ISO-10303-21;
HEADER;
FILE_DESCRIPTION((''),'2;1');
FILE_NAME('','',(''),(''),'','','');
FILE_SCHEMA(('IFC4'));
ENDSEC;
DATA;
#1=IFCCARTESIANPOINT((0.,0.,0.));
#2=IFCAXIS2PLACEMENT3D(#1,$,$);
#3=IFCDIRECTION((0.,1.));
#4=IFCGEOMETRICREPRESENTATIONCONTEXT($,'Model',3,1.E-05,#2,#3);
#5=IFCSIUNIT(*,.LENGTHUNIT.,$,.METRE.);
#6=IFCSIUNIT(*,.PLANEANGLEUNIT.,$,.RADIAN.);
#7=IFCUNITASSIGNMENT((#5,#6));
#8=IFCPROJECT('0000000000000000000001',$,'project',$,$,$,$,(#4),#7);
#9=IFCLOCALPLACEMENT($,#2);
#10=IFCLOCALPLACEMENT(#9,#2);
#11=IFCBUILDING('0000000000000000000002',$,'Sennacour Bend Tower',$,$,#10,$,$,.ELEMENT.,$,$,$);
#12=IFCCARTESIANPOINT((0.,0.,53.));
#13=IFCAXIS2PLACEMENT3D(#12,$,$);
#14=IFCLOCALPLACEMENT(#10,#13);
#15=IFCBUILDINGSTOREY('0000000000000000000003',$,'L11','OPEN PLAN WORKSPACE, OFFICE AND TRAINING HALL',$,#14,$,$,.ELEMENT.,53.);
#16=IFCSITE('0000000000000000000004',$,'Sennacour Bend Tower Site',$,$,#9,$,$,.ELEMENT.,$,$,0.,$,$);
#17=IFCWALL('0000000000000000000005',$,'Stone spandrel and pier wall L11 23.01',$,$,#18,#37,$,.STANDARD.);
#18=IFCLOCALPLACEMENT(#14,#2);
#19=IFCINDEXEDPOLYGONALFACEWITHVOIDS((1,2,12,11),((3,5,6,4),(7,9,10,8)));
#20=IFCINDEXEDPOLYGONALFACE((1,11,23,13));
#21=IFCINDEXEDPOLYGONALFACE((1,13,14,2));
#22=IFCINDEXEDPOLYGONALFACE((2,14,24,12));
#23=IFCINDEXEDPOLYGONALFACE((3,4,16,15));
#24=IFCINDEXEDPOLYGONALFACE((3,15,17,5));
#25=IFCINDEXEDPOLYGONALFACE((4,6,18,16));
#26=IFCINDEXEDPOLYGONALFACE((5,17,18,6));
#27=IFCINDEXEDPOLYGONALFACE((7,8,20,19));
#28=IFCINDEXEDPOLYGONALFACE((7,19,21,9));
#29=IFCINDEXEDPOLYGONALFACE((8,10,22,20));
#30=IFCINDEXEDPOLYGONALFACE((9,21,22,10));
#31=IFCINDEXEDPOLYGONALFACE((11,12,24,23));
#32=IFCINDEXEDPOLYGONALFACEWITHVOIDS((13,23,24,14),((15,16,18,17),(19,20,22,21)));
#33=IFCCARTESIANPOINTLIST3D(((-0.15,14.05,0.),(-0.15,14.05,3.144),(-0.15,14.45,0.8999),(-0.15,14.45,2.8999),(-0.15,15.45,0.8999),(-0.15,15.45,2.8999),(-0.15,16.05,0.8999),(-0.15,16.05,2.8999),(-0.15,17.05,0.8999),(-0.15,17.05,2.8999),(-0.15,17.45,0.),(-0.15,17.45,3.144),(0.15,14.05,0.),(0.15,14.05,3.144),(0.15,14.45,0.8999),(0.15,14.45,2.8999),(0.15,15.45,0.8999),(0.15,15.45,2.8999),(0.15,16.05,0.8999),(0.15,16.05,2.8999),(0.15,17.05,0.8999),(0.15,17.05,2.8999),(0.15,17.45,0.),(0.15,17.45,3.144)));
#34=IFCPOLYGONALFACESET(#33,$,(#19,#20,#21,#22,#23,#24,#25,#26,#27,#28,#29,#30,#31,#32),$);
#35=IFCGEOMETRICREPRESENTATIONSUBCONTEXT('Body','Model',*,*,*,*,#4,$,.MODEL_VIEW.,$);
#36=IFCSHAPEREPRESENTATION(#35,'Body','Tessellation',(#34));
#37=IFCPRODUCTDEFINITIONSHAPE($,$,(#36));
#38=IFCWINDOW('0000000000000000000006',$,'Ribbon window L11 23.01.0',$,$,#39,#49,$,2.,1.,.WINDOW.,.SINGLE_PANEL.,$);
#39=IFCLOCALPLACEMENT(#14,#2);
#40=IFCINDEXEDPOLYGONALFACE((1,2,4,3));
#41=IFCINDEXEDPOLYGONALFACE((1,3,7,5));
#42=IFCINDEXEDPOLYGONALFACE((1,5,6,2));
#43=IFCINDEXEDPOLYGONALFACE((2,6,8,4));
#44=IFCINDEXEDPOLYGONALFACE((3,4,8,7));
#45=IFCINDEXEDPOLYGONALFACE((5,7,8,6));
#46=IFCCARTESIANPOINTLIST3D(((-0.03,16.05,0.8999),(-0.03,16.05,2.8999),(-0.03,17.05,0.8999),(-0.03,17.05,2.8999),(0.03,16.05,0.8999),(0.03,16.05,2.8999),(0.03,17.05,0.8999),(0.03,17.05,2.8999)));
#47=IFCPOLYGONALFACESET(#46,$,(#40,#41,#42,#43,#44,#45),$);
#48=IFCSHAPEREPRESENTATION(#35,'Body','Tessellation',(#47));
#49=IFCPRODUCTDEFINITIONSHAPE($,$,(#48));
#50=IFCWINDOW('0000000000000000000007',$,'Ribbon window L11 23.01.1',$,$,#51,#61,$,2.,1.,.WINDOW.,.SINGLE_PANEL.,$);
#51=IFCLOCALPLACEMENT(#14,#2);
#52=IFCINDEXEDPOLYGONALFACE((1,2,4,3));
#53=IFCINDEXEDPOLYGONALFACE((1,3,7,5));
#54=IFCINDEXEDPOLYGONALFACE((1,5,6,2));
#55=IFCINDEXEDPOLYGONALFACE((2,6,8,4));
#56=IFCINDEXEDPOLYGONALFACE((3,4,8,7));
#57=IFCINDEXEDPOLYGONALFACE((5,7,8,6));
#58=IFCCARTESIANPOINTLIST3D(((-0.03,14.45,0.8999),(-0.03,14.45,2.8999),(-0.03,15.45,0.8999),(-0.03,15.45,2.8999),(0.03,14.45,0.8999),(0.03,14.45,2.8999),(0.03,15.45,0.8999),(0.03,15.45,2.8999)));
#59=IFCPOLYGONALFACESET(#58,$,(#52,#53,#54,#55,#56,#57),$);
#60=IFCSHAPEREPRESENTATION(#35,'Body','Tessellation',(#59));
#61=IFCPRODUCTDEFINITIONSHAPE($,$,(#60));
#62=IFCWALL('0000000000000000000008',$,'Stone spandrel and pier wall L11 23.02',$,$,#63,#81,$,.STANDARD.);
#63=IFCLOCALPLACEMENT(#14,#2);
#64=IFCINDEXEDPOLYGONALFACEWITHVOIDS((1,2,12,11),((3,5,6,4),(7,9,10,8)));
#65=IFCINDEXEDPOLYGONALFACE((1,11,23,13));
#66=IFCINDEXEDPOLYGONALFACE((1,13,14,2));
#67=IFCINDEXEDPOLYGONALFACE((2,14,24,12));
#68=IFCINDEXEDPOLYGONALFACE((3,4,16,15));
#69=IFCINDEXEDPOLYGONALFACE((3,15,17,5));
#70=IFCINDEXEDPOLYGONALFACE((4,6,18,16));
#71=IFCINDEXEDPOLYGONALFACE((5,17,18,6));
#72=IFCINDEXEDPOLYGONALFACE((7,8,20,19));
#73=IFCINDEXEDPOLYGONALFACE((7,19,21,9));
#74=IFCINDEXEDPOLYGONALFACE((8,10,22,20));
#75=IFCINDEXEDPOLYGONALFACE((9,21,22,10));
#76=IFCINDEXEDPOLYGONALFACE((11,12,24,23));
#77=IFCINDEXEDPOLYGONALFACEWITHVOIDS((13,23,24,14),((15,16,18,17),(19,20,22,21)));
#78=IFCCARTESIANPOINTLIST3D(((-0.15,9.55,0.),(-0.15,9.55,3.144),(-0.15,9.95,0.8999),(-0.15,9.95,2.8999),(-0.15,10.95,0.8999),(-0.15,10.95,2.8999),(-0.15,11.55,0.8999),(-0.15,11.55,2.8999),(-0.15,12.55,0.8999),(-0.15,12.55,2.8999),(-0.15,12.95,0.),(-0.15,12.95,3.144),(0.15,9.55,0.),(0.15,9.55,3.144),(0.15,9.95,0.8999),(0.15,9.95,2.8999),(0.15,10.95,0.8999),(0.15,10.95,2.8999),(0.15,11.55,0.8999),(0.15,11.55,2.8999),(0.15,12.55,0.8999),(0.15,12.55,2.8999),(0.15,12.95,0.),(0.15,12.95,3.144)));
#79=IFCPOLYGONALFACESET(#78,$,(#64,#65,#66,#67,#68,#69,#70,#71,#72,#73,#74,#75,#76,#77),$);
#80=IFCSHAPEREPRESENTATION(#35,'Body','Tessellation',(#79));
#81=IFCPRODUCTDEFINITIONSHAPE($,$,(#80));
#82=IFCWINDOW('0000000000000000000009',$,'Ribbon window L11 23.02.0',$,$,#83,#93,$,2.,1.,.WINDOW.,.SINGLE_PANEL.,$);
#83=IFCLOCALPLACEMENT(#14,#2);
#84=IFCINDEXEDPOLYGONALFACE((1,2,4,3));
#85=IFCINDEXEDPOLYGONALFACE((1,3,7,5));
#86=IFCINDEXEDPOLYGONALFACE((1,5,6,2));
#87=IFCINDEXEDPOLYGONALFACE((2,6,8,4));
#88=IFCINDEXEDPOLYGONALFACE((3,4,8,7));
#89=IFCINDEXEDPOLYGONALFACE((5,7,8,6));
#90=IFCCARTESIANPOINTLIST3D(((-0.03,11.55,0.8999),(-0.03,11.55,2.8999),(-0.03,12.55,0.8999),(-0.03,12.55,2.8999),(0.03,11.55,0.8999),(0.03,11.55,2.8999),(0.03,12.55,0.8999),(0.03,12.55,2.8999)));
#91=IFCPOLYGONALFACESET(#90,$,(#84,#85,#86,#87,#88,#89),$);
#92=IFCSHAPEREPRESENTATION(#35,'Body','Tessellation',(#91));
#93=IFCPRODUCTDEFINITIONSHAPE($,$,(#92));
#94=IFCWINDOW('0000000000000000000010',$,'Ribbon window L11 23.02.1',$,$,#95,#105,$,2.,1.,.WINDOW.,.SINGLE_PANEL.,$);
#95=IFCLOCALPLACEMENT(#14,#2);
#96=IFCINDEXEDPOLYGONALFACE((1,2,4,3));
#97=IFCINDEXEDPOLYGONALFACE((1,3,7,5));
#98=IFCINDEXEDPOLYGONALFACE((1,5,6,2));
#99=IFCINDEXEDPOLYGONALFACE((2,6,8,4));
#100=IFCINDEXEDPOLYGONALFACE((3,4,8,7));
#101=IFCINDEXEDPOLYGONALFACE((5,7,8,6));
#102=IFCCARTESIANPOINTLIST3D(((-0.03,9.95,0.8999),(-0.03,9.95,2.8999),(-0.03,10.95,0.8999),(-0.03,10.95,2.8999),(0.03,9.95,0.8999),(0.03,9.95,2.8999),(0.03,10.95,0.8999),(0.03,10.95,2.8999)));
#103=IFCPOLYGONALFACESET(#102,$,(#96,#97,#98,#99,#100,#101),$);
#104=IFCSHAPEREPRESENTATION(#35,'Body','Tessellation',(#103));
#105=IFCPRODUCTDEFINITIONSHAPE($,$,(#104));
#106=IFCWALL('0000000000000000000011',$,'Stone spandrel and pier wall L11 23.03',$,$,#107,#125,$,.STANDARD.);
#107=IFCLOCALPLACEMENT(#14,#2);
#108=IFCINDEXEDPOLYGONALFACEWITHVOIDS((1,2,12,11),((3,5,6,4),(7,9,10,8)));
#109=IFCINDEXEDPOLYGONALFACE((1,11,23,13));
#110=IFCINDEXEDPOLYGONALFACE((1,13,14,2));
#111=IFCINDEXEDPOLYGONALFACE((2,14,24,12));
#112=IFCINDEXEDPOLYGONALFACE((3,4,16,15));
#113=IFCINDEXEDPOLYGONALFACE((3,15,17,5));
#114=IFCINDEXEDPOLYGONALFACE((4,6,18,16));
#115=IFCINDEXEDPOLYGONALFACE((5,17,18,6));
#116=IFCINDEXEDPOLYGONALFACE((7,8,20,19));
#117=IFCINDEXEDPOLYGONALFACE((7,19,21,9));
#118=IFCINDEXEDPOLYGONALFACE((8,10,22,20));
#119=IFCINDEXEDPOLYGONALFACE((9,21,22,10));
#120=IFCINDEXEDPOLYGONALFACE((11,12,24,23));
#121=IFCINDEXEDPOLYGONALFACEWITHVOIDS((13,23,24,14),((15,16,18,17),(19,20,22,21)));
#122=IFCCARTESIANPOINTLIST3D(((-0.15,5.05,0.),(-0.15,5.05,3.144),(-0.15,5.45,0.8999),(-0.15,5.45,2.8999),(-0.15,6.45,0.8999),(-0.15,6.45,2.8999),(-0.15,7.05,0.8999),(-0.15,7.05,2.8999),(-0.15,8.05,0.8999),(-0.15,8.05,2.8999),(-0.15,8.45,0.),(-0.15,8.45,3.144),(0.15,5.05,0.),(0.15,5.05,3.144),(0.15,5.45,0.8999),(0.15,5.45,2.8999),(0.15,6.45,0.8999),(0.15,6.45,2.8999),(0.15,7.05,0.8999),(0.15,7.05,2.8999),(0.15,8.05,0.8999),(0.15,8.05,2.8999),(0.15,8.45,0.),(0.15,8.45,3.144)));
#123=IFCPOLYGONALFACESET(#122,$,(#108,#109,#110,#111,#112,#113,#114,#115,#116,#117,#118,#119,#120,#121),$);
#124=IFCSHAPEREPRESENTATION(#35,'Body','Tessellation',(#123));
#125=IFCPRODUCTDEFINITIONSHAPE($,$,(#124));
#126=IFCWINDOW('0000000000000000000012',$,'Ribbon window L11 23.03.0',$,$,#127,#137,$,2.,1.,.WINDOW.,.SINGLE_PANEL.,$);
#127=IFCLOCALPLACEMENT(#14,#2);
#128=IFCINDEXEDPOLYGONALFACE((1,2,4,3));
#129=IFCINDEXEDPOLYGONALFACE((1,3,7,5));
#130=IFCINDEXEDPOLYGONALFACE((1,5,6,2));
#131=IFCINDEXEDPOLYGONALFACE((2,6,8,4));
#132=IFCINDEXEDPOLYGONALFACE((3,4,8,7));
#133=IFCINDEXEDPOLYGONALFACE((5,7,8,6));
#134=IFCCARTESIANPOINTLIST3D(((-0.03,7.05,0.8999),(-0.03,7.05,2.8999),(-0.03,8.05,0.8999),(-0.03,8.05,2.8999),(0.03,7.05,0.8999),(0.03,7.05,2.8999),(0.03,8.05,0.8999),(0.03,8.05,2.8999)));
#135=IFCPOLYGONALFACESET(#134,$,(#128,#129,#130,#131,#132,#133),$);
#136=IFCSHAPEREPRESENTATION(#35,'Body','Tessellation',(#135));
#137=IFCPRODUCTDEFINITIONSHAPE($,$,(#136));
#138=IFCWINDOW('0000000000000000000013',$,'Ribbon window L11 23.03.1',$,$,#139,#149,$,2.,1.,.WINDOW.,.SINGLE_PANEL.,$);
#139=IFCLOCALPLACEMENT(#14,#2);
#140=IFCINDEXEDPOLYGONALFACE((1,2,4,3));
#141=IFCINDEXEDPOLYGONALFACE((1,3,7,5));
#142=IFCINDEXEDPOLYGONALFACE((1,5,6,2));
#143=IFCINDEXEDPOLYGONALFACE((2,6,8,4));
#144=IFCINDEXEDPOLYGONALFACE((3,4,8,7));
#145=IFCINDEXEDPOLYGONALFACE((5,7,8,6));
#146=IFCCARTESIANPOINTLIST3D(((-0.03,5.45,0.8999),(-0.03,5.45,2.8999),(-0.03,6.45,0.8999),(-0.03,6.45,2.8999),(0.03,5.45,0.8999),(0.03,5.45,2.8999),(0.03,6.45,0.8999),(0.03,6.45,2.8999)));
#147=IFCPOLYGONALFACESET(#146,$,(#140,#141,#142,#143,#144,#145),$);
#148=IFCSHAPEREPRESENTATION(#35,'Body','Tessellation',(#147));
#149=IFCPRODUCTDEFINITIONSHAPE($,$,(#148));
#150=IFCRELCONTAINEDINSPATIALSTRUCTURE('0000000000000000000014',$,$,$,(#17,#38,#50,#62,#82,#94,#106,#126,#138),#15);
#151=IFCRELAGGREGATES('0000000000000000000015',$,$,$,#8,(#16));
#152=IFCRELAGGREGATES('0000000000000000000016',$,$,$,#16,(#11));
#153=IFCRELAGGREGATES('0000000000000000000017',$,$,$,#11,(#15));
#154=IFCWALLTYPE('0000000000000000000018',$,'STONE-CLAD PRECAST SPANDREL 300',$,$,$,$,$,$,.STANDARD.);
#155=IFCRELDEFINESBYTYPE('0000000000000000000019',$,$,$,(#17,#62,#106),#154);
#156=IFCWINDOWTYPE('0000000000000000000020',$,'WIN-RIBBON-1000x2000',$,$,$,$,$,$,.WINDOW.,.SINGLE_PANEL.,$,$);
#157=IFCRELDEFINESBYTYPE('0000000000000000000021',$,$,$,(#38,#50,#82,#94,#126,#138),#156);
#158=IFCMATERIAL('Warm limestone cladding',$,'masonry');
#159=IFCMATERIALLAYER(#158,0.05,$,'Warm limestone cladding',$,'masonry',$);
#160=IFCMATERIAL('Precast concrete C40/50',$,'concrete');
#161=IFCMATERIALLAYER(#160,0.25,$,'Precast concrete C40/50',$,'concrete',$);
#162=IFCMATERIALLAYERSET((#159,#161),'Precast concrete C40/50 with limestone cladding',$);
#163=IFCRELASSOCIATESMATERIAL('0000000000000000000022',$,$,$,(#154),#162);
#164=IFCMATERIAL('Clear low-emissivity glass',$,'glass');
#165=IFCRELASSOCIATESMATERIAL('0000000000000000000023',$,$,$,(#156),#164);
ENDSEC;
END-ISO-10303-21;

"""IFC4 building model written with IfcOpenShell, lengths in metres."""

from ifc_helpers import new_model, si_unit, direction, frame, frame_2d, origin, place, context, subcontext, project, spatial, rectangle, extrude, material, layer, layer_set, type_object, element, fill, save


model = new_model("IFC4")

# Units and contexts
model_context = context("Model", 3, precision=1e-05, world=origin(), true_north=direction((0.0, 1.0)))
body_context = subcontext(model_context, "Body", "Model", "MODEL_VIEW")
ifc_project = project(units=[si_unit("LENGTHUNIT", "METRE"), si_unit("PLANEANGLEUNIT", "RADIAN")], contexts=[model_context])

# Site, building, storey
site_placement = place(None, origin())
site = spatial("IfcSite", under=ifc_project, at=site_placement, Name="Sennacour Bend Tower Site", CompositionType="ELEMENT", RefElevation=0.0)
building_placement = place(site_placement, origin())
building = spatial("IfcBuilding", under=site, at=building_placement, Name="Sennacour Bend Tower", CompositionType="ELEMENT")
storey_placement = place(building_placement, frame((0.0, 0.0, 53.0)))
storey = spatial("IfcBuildingStorey", under=building, at=storey_placement, Name="L11", Description="OPEN PLAN WORKSPACE, OFFICE AND TRAINING HALL", CompositionType="ELEMENT", Elevation=53.0)

# Walls, openings, windows
ifc_material_1 = material(Name="Warm limestone cladding", Category="masonry")
ifc_layer_1 = layer(ifc_material_1, 0.05, Name="Warm limestone cladding", Category="masonry")
ifc_material_2 = material(Name="Precast concrete C40/50", Category="concrete")
ifc_layer_2 = layer(ifc_material_2, 0.25, Name="Precast concrete C40/50", Category="concrete")
ifc_layer_set = layer_set([ifc_layer_1, ifc_layer_2], Name="Precast concrete C40/50 with limestone cladding")
wall_type = type_object("IfcWallType", Name="STONE-CLAD PRECAST SPANDREL 300", PredefinedType="STANDARD", material=ifc_layer_set)
wall_1_placement = place(storey_placement, frame((0.0, 17.45, 0.0), z_axis=(0.0, 0.0, 1.0), x_axis=(0.0, -1.0, 0.0)))
wall_1 = element("IfcWall", 1, at=wall_1_placement, inside=storey, type_object=wall_type, Name="Stone spandrel and pier wall L11 23.01", PredefinedType="STANDARD", context=body_context, shape_type="SweptSolid", body=[
    extrude(rectangle(XDim=3.3999, YDim=0.3, at=frame_2d((1.7, 0.0))), origin(), (0.0, 0.0, 1.0), 3.144),
])
opening_1_placement = place(wall_1_placement, frame((0.3999, 0.0, 0.8999)))
opening_1 = element("IfcOpeningElement", 2, at=opening_1_placement, cuts=wall_1, PredefinedType="OPENING", context=body_context, shape_type="SweptSolid", body=[
    extrude(rectangle(XDim=1.0, YDim=2.0, at=frame_2d((0.5, 1.0))), frame((0.0, 0.1602, 0.0), z_axis=(0.0, -1.0, 0.0), x_axis=(1.0, 0.0, 0.0)), (0.0, 0.0, 1.0), 0.3201),
])
opening_2_placement = place(wall_1_placement, frame((2.0, 0.0, 0.8999)))
opening_2 = element("IfcOpeningElement", 3, at=opening_2_placement, cuts=wall_1, PredefinedType="OPENING", context=body_context, shape_type="SweptSolid", body=[
    extrude(rectangle(XDim=1.0, YDim=2.0, at=frame_2d((0.5, 1.0))), frame((0.0, 0.1602, 0.0), z_axis=(0.0, -1.0, 0.0), x_axis=(1.0, 0.0, 0.0)), (0.0, 0.0, 1.0), 0.3201),
])
ifc_material_3 = material(Name="Clear low-emissivity glass", Category="glass")
window_type = type_object("IfcWindowType", Name="WIN-RIBBON-1000x2000", PartitioningType="SINGLE_PANEL", PredefinedType="WINDOW", material=ifc_material_3)
window_1_placement = place(opening_1_placement, origin())
window_1 = element("IfcWindow", 4, at=window_1_placement, inside=storey, type_object=window_type, Name="Ribbon window L11 23.01.0", OverallHeight=2.0, OverallWidth=1.0, PartitioningType="SINGLE_PANEL", PredefinedType="WINDOW", context=body_context, shape_type="SweptSolid", body=[
    extrude(rectangle(XDim=1.0, YDim=2.0, at=frame_2d((0.5, 1.0))), frame((0.0, 0.03, 0.0), z_axis=(0.0, -1.0, 0.0), x_axis=(1.0, 0.0, 0.0)), (0.0, 0.0, 1.0), 0.0601),
])
fill(opening_1, window_1)
window_2_placement = place(opening_2_placement, origin())
window_2 = element("IfcWindow", 5, at=window_2_placement, inside=storey, type_object=window_type, Name="Ribbon window L11 23.01.1", OverallHeight=2.0, OverallWidth=1.0, PartitioningType="SINGLE_PANEL", PredefinedType="WINDOW", context=body_context, shape_type="SweptSolid", body=[
    extrude(rectangle(XDim=1.0, YDim=2.0, at=frame_2d((0.5, 1.0))), frame((0.0, 0.03, 0.0), z_axis=(0.0, -1.0, 0.0), x_axis=(1.0, 0.0, 0.0)), (0.0, 0.0, 1.0), 0.0601),
])
fill(opening_2, window_2)
wall_2_placement = place(storey_placement, frame((0.0, 12.95, 0.0), z_axis=(0.0, 0.0, 1.0), x_axis=(0.0, -1.0, 0.0)))
wall_2 = element("IfcWall", 6, at=wall_2_placement, inside=storey, type_object=wall_type, Name="Stone spandrel and pier wall L11 23.02", PredefinedType="STANDARD", context=body_context, shape_type="SweptSolid", body=[
    extrude(rectangle(XDim=3.3999, YDim=0.3, at=frame_2d((1.7, 0.0))), origin(), (0.0, 0.0, 1.0), 3.144),
])
opening_3_placement = place(wall_2_placement, frame((0.3999, 0.0, 0.8999)))
opening_3 = element("IfcOpeningElement", 7, at=opening_3_placement, cuts=wall_2, PredefinedType="OPENING", context=body_context, shape_type="SweptSolid", body=[
    extrude(rectangle(XDim=1.0, YDim=2.0, at=frame_2d((0.5, 1.0))), frame((0.0, 0.1602, 0.0), z_axis=(0.0, -1.0, 0.0), x_axis=(1.0, 0.0, 0.0)), (0.0, 0.0, 1.0), 0.3201),
])
opening_4_placement = place(wall_2_placement, frame((2.0, 0.0, 0.8999)))
opening_4 = element("IfcOpeningElement", 8, at=opening_4_placement, cuts=wall_2, PredefinedType="OPENING", context=body_context, shape_type="SweptSolid", body=[
    extrude(rectangle(XDim=1.0, YDim=2.0, at=frame_2d((0.5, 1.0))), frame((0.0, 0.1602, 0.0), z_axis=(0.0, -1.0, 0.0), x_axis=(1.0, 0.0, 0.0)), (0.0, 0.0, 1.0), 0.3201),
])
window_3_placement = place(opening_3_placement, origin())
window_3 = element("IfcWindow", 9, at=window_3_placement, inside=storey, type_object=window_type, Name="Ribbon window L11 23.02.0", OverallHeight=2.0, OverallWidth=1.0, PartitioningType="SINGLE_PANEL", PredefinedType="WINDOW", context=body_context, shape_type="SweptSolid", body=[
    extrude(rectangle(XDim=1.0, YDim=2.0, at=frame_2d((0.5, 1.0))), frame((0.0, 0.03, 0.0), z_axis=(0.0, -1.0, 0.0), x_axis=(1.0, 0.0, 0.0)), (0.0, 0.0, 1.0), 0.0601),
])
fill(opening_3, window_3)
window_4_placement = place(opening_4_placement, origin())
window_4 = element("IfcWindow", 10, at=window_4_placement, inside=storey, type_object=window_type, Name="Ribbon window L11 23.02.1", OverallHeight=2.0, OverallWidth=1.0, PartitioningType="SINGLE_PANEL", PredefinedType="WINDOW", context=body_context, shape_type="SweptSolid", body=[
    extrude(rectangle(XDim=1.0, YDim=2.0, at=frame_2d((0.5, 1.0))), frame((0.0, 0.03, 0.0), z_axis=(0.0, -1.0, 0.0), x_axis=(1.0, 0.0, 0.0)), (0.0, 0.0, 1.0), 0.0601),
])
fill(opening_4, window_4)
wall_3_placement = place(storey_placement, frame((0.0, 8.45, 0.0), z_axis=(0.0, 0.0, 1.0), x_axis=(0.0, -1.0, 0.0)))
wall_3 = element("IfcWall", 11, at=wall_3_placement, inside=storey, type_object=wall_type, Name="Stone spandrel and pier wall L11 23.03", PredefinedType="STANDARD", context=body_context, shape_type="SweptSolid", body=[
    extrude(rectangle(XDim=3.3999, YDim=0.3, at=frame_2d((1.7, 0.0))), origin(), (0.0, 0.0, 1.0), 3.144),
])
opening_5_placement = place(wall_3_placement, frame((0.3999, 0.0, 0.8999)))
opening_5 = element("IfcOpeningElement", 12, at=opening_5_placement, cuts=wall_3, PredefinedType="OPENING", context=body_context, shape_type="SweptSolid", body=[
    extrude(rectangle(XDim=1.0, YDim=2.0, at=frame_2d((0.5, 1.0))), frame((0.0, 0.1602, 0.0), z_axis=(0.0, -1.0, 0.0), x_axis=(1.0, 0.0, 0.0)), (0.0, 0.0, 1.0), 0.3201),
])
opening_6_placement = place(wall_3_placement, frame((2.0, 0.0, 0.8999)))
opening_6 = element("IfcOpeningElement", 13, at=opening_6_placement, cuts=wall_3, PredefinedType="OPENING", context=body_context, shape_type="SweptSolid", body=[
    extrude(rectangle(XDim=1.0, YDim=2.0, at=frame_2d((0.5, 1.0))), frame((0.0, 0.1602, 0.0), z_axis=(0.0, -1.0, 0.0), x_axis=(1.0, 0.0, 0.0)), (0.0, 0.0, 1.0), 0.3201),
])
window_5_placement = place(opening_5_placement, origin())
window_5 = element("IfcWindow", 14, at=window_5_placement, inside=storey, type_object=window_type, Name="Ribbon window L11 23.03.0", OverallHeight=2.0, OverallWidth=1.0, PartitioningType="SINGLE_PANEL", PredefinedType="WINDOW", context=body_context, shape_type="SweptSolid", body=[
    extrude(rectangle(XDim=1.0, YDim=2.0, at=frame_2d((0.5, 1.0))), frame((0.0, 0.03, 0.0), z_axis=(0.0, -1.0, 0.0), x_axis=(1.0, 0.0, 0.0)), (0.0, 0.0, 1.0), 0.0601),
])
fill(opening_5, window_5)
window_6_placement = place(opening_6_placement, origin())
window_6 = element("IfcWindow", 15, at=window_6_placement, inside=storey, type_object=window_type, Name="Ribbon window L11 23.03.1", OverallHeight=2.0, OverallWidth=1.0, PartitioningType="SINGLE_PANEL", PredefinedType="WINDOW", context=body_context, shape_type="SweptSolid", body=[
    extrude(rectangle(XDim=1.0, YDim=2.0, at=frame_2d((0.5, 1.0))), frame((0.0, 0.03, 0.0), z_axis=(0.0, -1.0, 0.0), x_axis=(1.0, 0.0, 0.0)), (0.0, 0.0, 1.0), 0.0601),
])
fill(opening_6, window_6)

save(model, "model.ifc")
